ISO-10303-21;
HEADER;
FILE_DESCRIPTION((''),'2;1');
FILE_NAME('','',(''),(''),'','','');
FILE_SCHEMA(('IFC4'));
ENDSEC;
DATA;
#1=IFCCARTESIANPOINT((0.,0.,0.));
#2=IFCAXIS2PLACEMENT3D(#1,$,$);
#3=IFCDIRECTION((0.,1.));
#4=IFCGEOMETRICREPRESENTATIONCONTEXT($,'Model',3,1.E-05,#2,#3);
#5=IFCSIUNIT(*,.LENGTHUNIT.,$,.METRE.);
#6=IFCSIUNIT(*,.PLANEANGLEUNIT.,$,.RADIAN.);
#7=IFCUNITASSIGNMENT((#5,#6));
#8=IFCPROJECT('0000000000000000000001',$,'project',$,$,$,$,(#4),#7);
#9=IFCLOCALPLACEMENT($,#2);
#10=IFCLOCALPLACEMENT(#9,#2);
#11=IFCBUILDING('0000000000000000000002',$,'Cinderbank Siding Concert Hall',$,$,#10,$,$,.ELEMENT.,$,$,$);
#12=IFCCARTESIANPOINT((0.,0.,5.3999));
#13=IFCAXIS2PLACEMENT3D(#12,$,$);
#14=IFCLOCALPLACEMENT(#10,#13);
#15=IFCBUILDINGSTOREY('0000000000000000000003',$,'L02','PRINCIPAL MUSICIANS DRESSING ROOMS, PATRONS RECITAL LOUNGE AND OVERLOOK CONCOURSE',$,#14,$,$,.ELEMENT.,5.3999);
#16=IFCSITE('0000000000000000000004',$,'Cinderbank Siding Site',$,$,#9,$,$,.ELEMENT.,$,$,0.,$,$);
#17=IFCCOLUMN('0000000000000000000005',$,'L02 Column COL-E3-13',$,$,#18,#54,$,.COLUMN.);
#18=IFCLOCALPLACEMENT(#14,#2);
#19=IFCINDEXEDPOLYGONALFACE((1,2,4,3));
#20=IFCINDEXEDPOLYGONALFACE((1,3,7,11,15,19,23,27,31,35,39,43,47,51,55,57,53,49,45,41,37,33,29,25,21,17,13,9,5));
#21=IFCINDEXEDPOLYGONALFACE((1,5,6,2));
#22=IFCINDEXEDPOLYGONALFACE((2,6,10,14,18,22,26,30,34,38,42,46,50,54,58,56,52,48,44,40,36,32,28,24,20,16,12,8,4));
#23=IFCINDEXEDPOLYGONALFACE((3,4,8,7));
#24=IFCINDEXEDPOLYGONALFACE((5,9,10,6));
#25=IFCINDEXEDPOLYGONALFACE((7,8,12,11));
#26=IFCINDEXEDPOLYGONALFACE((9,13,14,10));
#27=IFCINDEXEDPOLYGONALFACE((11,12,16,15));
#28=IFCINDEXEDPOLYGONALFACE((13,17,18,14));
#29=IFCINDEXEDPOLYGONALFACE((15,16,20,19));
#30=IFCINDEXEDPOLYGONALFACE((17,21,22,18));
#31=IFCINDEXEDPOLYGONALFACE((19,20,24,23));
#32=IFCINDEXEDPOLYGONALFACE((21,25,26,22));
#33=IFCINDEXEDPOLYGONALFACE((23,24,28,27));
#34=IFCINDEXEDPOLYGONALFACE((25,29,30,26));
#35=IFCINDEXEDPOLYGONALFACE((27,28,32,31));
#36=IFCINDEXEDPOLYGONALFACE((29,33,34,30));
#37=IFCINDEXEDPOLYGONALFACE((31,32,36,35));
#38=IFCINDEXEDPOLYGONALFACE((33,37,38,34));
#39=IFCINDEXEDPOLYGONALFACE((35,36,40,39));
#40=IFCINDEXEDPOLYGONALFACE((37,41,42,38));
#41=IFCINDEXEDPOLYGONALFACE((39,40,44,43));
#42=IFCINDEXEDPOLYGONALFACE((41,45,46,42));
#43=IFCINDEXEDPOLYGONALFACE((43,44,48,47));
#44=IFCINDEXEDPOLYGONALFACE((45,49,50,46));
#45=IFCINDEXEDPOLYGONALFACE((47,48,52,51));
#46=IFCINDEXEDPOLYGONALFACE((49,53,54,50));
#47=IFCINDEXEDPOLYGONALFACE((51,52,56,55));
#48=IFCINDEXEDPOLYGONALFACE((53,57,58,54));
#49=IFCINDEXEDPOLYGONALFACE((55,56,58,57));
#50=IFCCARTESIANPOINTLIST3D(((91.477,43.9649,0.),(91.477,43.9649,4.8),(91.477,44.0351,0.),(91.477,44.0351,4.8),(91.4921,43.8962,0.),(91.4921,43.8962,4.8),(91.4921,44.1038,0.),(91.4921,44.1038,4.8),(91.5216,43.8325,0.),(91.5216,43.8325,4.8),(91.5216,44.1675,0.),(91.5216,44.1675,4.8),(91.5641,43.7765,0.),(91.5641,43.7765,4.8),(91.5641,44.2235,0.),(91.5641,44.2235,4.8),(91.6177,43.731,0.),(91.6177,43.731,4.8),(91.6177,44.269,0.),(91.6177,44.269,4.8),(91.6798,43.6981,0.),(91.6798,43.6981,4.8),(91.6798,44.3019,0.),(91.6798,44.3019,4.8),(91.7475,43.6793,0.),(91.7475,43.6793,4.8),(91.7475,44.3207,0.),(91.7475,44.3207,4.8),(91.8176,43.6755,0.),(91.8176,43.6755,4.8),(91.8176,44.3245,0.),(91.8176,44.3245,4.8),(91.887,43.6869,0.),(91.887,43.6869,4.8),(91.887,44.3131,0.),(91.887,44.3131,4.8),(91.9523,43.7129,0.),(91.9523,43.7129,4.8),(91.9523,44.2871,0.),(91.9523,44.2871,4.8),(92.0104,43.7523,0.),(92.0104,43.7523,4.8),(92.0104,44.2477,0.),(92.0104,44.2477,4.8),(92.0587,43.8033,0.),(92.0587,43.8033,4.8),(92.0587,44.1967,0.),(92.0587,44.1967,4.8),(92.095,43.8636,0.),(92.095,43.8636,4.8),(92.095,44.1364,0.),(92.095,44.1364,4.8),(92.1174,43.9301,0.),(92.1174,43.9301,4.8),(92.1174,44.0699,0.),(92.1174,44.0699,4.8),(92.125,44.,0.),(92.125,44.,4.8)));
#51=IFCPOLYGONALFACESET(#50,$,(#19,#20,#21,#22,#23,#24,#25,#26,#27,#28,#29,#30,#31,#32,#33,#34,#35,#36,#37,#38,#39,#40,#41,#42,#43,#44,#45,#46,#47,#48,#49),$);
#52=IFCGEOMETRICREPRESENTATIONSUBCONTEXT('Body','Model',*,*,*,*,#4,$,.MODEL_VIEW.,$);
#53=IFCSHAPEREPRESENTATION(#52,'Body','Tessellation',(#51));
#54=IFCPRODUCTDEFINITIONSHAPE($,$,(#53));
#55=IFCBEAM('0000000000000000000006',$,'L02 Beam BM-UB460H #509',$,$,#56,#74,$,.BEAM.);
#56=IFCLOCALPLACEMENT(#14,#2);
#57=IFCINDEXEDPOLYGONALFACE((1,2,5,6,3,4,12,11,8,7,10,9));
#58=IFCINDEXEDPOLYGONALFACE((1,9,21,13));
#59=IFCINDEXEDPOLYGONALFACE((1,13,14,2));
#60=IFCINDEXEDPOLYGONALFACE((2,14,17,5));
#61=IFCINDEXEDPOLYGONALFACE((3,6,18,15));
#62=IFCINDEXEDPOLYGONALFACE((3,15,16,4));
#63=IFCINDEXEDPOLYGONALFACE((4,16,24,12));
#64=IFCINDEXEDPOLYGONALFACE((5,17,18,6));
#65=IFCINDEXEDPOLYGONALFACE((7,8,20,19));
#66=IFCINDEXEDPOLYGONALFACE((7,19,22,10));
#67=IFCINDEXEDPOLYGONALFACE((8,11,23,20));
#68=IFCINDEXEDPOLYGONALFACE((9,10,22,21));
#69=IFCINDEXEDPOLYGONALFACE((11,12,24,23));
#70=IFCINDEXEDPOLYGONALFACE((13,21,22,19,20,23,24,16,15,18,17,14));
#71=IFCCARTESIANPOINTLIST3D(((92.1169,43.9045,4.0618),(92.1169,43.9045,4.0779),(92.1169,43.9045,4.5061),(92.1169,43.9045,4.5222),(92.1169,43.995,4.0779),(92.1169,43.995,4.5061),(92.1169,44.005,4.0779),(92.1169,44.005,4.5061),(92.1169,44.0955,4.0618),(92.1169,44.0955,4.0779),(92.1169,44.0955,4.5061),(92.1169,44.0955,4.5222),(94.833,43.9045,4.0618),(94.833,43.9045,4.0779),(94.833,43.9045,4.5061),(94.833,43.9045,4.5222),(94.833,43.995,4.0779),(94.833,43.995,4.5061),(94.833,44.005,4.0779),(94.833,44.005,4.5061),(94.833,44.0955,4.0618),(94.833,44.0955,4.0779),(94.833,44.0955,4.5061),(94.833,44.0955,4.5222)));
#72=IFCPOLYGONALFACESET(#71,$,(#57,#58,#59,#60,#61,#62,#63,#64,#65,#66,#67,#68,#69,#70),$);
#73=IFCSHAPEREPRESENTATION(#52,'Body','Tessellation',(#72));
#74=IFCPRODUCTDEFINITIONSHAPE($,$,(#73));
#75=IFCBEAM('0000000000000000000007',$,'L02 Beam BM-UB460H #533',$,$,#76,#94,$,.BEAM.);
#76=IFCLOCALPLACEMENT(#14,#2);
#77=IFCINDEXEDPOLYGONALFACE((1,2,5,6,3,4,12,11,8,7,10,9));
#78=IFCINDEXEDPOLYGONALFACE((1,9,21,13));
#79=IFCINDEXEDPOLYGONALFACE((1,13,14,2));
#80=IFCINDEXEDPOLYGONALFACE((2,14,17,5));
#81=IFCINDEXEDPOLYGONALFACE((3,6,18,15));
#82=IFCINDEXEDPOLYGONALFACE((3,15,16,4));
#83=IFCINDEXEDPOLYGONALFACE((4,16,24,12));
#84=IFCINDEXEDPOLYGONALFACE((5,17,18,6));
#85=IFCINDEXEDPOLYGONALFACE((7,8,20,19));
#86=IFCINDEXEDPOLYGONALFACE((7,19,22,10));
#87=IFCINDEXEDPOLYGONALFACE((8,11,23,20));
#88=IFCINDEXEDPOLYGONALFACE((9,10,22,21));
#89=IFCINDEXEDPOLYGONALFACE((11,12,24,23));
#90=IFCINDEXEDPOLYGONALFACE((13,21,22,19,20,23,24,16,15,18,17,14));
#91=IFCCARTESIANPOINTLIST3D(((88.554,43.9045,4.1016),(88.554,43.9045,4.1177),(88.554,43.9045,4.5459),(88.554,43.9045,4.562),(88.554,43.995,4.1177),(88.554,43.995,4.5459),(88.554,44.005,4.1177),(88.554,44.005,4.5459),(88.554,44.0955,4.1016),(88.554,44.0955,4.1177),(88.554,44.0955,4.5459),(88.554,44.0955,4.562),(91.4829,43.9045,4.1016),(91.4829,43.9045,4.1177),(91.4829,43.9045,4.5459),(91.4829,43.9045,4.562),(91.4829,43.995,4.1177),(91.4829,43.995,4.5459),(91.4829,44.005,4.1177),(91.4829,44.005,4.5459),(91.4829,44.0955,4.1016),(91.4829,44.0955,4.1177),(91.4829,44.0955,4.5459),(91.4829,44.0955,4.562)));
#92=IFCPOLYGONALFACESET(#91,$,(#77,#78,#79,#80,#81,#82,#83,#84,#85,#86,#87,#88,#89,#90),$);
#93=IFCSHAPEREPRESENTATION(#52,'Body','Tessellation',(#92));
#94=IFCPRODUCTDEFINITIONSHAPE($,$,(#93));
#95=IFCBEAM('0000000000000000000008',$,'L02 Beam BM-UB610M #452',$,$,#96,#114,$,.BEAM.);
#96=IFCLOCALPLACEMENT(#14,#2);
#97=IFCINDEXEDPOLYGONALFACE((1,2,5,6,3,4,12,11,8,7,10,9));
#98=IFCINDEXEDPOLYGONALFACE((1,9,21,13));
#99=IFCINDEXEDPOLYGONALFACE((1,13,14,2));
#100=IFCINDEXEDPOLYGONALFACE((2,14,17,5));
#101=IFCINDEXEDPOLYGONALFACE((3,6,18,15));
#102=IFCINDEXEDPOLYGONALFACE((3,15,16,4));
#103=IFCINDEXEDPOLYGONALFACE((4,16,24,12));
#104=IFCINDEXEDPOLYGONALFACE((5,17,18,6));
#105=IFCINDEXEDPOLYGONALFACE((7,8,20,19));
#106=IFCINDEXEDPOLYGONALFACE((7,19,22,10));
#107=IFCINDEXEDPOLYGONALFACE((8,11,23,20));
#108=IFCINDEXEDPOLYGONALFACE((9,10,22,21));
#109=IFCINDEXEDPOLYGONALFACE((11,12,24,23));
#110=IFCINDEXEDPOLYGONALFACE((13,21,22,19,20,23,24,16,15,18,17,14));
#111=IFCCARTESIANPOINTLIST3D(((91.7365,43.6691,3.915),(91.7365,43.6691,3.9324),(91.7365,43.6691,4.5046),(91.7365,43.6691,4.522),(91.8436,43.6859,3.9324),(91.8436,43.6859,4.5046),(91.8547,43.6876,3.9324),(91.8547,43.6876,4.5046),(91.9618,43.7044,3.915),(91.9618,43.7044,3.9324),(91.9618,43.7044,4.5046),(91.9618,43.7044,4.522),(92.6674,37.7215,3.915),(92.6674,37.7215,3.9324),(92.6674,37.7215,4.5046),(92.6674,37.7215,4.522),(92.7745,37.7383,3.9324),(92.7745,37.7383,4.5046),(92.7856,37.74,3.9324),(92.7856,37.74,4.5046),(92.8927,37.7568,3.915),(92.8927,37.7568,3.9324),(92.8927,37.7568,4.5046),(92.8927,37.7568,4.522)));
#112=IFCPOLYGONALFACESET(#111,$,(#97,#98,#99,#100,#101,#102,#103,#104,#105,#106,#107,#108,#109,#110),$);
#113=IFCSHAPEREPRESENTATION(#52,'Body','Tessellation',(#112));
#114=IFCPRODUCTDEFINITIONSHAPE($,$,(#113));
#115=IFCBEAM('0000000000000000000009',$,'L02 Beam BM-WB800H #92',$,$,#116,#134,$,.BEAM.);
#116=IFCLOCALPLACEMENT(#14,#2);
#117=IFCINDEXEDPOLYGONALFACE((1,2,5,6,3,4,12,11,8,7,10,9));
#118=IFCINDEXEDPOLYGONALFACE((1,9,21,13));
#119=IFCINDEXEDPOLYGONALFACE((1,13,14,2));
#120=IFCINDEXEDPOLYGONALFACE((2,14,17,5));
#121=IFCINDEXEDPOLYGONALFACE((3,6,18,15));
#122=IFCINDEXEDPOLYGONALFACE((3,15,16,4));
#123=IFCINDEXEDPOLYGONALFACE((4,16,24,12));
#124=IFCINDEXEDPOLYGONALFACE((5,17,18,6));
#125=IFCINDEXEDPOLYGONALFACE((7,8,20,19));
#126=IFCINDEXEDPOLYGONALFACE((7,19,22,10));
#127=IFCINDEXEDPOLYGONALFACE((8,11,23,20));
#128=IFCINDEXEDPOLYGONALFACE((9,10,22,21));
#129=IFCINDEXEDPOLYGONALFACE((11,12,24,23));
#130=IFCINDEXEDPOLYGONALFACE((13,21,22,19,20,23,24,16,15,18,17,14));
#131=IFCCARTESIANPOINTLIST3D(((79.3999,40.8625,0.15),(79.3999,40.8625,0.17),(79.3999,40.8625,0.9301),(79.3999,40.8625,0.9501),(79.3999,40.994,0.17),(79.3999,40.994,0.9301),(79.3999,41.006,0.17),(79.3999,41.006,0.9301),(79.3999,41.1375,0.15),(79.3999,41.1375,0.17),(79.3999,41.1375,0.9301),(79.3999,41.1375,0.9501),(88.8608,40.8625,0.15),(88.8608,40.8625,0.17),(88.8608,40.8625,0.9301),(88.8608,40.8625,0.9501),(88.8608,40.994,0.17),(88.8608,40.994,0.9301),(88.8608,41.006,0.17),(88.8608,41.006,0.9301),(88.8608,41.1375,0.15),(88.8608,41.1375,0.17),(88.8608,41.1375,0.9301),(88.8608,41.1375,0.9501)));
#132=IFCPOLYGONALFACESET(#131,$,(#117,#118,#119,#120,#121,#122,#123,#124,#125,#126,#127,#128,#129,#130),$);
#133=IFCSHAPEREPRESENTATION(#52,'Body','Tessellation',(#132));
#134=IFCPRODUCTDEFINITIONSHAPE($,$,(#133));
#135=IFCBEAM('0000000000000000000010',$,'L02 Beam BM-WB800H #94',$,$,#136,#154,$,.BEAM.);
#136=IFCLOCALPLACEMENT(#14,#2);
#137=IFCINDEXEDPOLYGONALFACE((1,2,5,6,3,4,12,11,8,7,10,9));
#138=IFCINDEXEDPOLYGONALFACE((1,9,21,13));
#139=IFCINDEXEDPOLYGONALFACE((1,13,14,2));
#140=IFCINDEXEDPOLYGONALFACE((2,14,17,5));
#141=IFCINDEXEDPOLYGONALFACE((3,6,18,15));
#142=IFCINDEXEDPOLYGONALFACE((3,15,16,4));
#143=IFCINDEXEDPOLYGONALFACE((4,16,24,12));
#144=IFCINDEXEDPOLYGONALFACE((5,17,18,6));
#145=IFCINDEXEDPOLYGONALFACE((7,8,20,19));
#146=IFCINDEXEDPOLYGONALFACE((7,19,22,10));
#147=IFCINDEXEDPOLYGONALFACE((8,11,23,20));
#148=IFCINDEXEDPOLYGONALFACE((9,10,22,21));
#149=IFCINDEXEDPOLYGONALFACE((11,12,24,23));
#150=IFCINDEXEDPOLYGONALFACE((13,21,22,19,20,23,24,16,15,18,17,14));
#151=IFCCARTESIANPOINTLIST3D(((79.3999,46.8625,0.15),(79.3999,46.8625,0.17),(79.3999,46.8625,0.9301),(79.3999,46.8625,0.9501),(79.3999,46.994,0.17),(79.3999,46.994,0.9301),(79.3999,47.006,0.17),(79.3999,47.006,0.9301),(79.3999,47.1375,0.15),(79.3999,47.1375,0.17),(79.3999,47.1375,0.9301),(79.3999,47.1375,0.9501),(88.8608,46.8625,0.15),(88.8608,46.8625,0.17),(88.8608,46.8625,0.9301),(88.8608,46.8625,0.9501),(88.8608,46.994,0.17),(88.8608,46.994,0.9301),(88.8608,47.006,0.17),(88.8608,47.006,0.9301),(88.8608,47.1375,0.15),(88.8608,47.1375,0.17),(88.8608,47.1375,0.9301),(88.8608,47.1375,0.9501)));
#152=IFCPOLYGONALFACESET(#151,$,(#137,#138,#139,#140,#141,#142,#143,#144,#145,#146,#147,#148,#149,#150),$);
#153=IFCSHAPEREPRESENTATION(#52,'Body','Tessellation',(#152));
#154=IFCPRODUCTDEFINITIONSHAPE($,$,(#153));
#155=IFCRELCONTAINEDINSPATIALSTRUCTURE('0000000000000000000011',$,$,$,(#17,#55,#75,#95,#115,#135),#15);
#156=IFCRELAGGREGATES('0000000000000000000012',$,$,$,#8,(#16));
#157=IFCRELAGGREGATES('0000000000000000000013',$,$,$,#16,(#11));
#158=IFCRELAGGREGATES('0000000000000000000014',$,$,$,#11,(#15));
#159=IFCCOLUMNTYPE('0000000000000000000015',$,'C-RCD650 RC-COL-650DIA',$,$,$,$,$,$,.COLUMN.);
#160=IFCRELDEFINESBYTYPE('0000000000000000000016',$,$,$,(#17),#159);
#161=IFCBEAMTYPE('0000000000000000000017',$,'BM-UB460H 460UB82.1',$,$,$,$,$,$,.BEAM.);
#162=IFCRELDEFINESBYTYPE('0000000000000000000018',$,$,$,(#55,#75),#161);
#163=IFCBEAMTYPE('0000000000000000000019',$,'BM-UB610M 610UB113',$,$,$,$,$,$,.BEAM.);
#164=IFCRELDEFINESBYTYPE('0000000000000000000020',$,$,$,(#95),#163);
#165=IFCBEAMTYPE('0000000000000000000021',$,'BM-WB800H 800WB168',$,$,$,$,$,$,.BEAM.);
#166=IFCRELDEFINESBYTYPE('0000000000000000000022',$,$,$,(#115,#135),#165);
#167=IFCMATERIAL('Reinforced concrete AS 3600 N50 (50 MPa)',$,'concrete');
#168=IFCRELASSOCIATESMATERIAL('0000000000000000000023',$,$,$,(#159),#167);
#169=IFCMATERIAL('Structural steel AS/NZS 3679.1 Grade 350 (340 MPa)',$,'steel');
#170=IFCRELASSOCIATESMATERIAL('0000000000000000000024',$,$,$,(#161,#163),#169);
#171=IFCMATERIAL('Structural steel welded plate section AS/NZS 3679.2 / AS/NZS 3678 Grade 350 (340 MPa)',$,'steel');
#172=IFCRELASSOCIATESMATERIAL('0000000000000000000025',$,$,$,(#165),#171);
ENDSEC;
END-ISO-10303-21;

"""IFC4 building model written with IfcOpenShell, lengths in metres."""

from ifc_helpers import new_model, si_unit, direction, frame, origin, origin_2d, place, context, subcontext, project, spatial, circle, i_section, extrude, material, material_profile, profile_set, type_object, element, save


model = new_model("IFC4")

# Units and contexts
model_context = context("Model", 3, precision=1e-05, world=origin(), true_north=direction((0.0, 1.0)))
body_context = subcontext(model_context, "Body", "Model", "MODEL_VIEW")
ifc_project = project(units=[si_unit("LENGTHUNIT", "METRE"), si_unit("PLANEANGLEUNIT", "RADIAN")], contexts=[model_context])

# Site, building, storey
site_placement = place(None, origin())
site = spatial("IfcSite", under=ifc_project, at=site_placement, Name="Cinderbank Siding Site", CompositionType="ELEMENT", RefElevation=0.0)
building_placement = place(site_placement, origin())
building = spatial("IfcBuilding", under=site, at=building_placement, Name="Cinderbank Siding Concert Hall", CompositionType="ELEMENT")
storey_placement = place(building_placement, frame((0.0, 0.0, 5.3999)))
storey = spatial("IfcBuildingStorey", under=building, at=storey_placement, Name="L02", Description="PRINCIPAL MUSICIANS DRESSING ROOMS, PATRONS RECITAL LOUNGE AND OVERLOOK CONCOURSE", CompositionType="ELEMENT", Elevation=5.3999)

# Column
ifc_material_1 = material(Name="Reinforced concrete AS 3600 N50 (50 MPa)", Category="concrete")
ifc_material_profile_1 = material_profile(ifc_material_1, circle(Radius=0.325, at=origin_2d()), Name="RC-COL-650DIA", Category="LoadBearing")
ifc_profile_set_1 = profile_set([ifc_material_profile_1], Name="Reinforced concrete AS 3600 N50 (50 MPa)")
column_type = type_object("IfcColumnType", Name="C-RCD650 RC-COL-650DIA", PredefinedType="COLUMN", material=ifc_profile_set_1)
column_placement = place(storey_placement, frame((91.8, 44.0, 0.0), z_axis=(0.0, 0.0, 1.0), x_axis=(1.0, 0.0, 0.0)))
element("IfcColumn", 1, at=column_placement, inside=storey, type_object=column_type, Name="L02 Column COL-E3-13", PredefinedType="COLUMN", context=body_context, shape_type="SweptSolid", body=[
    extrude(circle(Radius=0.325, at=origin_2d()), origin(), (0.0, 0.0, 1.0), 4.8),
])

# Beams
ifc_material_2 = material(Name="Structural steel AS/NZS 3679.1 Grade 350 (340 MPa)", Category="steel")
ifc_material_profile_2 = material_profile(ifc_material_2, i_section(OverallWidth=0.1909, OverallDepth=0.4604, WebThickness=0.01, FlangeThickness=0.0161, at=origin_2d()), Name="460UB82.1", Category="LoadBearing")
ifc_profile_set_2 = profile_set([ifc_material_profile_2], Name="Structural steel AS/NZS 3679.1 Grade 350 (340 MPa)")
beam_type_1 = type_object("IfcBeamType", Name="BM-UB460H 460UB82.1", PredefinedType="BEAM", material=ifc_profile_set_2)
beam_1_placement = place(storey_placement, frame((94.833, 44.0, 4.292), z_axis=(-1.0, 0.0, 0.0), x_axis=(0.0, -1.0, 0.0)))
element("IfcBeam", 2, at=beam_1_placement, inside=storey, type_object=beam_type_1, Name="L02 Beam BM-UB460H #509", PredefinedType="BEAM", context=body_context, shape_type="SweptSolid", body=[
    extrude(i_section(OverallWidth=0.1909, OverallDepth=0.4604, WebThickness=0.01, FlangeThickness=0.0161, at=origin_2d()), origin(), (0.0, 0.0, 1.0), 2.7161),
])
beam_2_placement = place(storey_placement, frame((91.4829, 44.0, 4.3318), z_axis=(-1.0, 0.0, 0.0), x_axis=(0.0, -1.0, 0.0)))
element("IfcBeam", 3, at=beam_2_placement, inside=storey, type_object=beam_type_1, Name="L02 Beam BM-UB460H #533", PredefinedType="BEAM", context=body_context, shape_type="SweptSolid", body=[
    extrude(i_section(OverallWidth=0.1909, OverallDepth=0.4604, WebThickness=0.01, FlangeThickness=0.0161, at=origin_2d()), origin(), (0.0, 0.0, 1.0), 2.929),
])
ifc_material_profile_3 = material_profile(ifc_material_2, i_section(OverallWidth=0.228, OverallDepth=0.6069, WebThickness=0.0112, FlangeThickness=0.0173, at=origin_2d()), Name="610UB113", Category="LoadBearing")
ifc_profile_set_3 = profile_set([ifc_material_profile_3], Name="Structural steel AS/NZS 3679.1 Grade 350 (340 MPa)")
beam_type_2 = type_object("IfcBeamType", Name="BM-UB610M 610UB113", PredefinedType="BEAM", material=ifc_profile_set_3)
beam_3_placement = place(storey_placement, frame((91.8491, 43.6868, 4.2185), z_axis=(0.154638, -0.987971, 0.0), x_axis=(0.987971, 0.154638, 0.0)))
element("IfcBeam", 4, at=beam_3_placement, inside=storey, type_object=beam_type_2, Name="L02 Beam BM-UB610M #452", PredefinedType="BEAM", context=body_context, shape_type="SweptSolid", body=[
    extrude(i_section(OverallWidth=0.228, OverallDepth=0.6069, WebThickness=0.0112, FlangeThickness=0.0173, at=origin_2d()), origin(), (0.0, 0.0, 1.0), 6.02),
])
ifc_material_3 = material(Name="Structural steel welded plate section AS/NZS 3679.2 / AS/NZS 3678 Grade 350 (340 MPa)", Category="steel")
ifc_material_profile_4 = material_profile(ifc_material_3, i_section(OverallWidth=0.2749, OverallDepth=0.8, WebThickness=0.012, FlangeThickness=0.02, at=origin_2d()), Name="800WB168", Category="LoadBearing")
ifc_profile_set_4 = profile_set([ifc_material_profile_4], Name="Structural steel welded plate section AS/NZS 3679.2 / AS/NZS 3678 Grade 350 (340 MPa)")
beam_type_3 = type_object("IfcBeamType", Name="BM-WB800H 800WB168", PredefinedType="BEAM", material=ifc_profile_set_4)
for number, where, z_axis, x_axis, name in (
    (5, (88.8608, 41.0, 0.55), (-1.0, 0.0, 0.0), (0.0, -1.0, 0.0), "L02 Beam BM-WB800H #92"),
    (6, (88.8608, 47.0, 0.55), (-1.0, 0.0, 0.0), (0.0, -1.0, 0.0), "L02 Beam BM-WB800H #94"),
):
    element("IfcBeam", number, at=place(storey_placement, frame(where, z_axis=z_axis, x_axis=x_axis)), inside=storey, type_object=beam_type_3, Name=name, PredefinedType="BEAM", context=body_context, shape_type="SweptSolid", body=[
        extrude(i_section(OverallWidth=0.2749, OverallDepth=0.8, WebThickness=0.012, FlangeThickness=0.02, at=origin_2d()), origin(), (0.0, 0.0, 1.0), 9.4609),
    ])

save(model, "model.ifc")
